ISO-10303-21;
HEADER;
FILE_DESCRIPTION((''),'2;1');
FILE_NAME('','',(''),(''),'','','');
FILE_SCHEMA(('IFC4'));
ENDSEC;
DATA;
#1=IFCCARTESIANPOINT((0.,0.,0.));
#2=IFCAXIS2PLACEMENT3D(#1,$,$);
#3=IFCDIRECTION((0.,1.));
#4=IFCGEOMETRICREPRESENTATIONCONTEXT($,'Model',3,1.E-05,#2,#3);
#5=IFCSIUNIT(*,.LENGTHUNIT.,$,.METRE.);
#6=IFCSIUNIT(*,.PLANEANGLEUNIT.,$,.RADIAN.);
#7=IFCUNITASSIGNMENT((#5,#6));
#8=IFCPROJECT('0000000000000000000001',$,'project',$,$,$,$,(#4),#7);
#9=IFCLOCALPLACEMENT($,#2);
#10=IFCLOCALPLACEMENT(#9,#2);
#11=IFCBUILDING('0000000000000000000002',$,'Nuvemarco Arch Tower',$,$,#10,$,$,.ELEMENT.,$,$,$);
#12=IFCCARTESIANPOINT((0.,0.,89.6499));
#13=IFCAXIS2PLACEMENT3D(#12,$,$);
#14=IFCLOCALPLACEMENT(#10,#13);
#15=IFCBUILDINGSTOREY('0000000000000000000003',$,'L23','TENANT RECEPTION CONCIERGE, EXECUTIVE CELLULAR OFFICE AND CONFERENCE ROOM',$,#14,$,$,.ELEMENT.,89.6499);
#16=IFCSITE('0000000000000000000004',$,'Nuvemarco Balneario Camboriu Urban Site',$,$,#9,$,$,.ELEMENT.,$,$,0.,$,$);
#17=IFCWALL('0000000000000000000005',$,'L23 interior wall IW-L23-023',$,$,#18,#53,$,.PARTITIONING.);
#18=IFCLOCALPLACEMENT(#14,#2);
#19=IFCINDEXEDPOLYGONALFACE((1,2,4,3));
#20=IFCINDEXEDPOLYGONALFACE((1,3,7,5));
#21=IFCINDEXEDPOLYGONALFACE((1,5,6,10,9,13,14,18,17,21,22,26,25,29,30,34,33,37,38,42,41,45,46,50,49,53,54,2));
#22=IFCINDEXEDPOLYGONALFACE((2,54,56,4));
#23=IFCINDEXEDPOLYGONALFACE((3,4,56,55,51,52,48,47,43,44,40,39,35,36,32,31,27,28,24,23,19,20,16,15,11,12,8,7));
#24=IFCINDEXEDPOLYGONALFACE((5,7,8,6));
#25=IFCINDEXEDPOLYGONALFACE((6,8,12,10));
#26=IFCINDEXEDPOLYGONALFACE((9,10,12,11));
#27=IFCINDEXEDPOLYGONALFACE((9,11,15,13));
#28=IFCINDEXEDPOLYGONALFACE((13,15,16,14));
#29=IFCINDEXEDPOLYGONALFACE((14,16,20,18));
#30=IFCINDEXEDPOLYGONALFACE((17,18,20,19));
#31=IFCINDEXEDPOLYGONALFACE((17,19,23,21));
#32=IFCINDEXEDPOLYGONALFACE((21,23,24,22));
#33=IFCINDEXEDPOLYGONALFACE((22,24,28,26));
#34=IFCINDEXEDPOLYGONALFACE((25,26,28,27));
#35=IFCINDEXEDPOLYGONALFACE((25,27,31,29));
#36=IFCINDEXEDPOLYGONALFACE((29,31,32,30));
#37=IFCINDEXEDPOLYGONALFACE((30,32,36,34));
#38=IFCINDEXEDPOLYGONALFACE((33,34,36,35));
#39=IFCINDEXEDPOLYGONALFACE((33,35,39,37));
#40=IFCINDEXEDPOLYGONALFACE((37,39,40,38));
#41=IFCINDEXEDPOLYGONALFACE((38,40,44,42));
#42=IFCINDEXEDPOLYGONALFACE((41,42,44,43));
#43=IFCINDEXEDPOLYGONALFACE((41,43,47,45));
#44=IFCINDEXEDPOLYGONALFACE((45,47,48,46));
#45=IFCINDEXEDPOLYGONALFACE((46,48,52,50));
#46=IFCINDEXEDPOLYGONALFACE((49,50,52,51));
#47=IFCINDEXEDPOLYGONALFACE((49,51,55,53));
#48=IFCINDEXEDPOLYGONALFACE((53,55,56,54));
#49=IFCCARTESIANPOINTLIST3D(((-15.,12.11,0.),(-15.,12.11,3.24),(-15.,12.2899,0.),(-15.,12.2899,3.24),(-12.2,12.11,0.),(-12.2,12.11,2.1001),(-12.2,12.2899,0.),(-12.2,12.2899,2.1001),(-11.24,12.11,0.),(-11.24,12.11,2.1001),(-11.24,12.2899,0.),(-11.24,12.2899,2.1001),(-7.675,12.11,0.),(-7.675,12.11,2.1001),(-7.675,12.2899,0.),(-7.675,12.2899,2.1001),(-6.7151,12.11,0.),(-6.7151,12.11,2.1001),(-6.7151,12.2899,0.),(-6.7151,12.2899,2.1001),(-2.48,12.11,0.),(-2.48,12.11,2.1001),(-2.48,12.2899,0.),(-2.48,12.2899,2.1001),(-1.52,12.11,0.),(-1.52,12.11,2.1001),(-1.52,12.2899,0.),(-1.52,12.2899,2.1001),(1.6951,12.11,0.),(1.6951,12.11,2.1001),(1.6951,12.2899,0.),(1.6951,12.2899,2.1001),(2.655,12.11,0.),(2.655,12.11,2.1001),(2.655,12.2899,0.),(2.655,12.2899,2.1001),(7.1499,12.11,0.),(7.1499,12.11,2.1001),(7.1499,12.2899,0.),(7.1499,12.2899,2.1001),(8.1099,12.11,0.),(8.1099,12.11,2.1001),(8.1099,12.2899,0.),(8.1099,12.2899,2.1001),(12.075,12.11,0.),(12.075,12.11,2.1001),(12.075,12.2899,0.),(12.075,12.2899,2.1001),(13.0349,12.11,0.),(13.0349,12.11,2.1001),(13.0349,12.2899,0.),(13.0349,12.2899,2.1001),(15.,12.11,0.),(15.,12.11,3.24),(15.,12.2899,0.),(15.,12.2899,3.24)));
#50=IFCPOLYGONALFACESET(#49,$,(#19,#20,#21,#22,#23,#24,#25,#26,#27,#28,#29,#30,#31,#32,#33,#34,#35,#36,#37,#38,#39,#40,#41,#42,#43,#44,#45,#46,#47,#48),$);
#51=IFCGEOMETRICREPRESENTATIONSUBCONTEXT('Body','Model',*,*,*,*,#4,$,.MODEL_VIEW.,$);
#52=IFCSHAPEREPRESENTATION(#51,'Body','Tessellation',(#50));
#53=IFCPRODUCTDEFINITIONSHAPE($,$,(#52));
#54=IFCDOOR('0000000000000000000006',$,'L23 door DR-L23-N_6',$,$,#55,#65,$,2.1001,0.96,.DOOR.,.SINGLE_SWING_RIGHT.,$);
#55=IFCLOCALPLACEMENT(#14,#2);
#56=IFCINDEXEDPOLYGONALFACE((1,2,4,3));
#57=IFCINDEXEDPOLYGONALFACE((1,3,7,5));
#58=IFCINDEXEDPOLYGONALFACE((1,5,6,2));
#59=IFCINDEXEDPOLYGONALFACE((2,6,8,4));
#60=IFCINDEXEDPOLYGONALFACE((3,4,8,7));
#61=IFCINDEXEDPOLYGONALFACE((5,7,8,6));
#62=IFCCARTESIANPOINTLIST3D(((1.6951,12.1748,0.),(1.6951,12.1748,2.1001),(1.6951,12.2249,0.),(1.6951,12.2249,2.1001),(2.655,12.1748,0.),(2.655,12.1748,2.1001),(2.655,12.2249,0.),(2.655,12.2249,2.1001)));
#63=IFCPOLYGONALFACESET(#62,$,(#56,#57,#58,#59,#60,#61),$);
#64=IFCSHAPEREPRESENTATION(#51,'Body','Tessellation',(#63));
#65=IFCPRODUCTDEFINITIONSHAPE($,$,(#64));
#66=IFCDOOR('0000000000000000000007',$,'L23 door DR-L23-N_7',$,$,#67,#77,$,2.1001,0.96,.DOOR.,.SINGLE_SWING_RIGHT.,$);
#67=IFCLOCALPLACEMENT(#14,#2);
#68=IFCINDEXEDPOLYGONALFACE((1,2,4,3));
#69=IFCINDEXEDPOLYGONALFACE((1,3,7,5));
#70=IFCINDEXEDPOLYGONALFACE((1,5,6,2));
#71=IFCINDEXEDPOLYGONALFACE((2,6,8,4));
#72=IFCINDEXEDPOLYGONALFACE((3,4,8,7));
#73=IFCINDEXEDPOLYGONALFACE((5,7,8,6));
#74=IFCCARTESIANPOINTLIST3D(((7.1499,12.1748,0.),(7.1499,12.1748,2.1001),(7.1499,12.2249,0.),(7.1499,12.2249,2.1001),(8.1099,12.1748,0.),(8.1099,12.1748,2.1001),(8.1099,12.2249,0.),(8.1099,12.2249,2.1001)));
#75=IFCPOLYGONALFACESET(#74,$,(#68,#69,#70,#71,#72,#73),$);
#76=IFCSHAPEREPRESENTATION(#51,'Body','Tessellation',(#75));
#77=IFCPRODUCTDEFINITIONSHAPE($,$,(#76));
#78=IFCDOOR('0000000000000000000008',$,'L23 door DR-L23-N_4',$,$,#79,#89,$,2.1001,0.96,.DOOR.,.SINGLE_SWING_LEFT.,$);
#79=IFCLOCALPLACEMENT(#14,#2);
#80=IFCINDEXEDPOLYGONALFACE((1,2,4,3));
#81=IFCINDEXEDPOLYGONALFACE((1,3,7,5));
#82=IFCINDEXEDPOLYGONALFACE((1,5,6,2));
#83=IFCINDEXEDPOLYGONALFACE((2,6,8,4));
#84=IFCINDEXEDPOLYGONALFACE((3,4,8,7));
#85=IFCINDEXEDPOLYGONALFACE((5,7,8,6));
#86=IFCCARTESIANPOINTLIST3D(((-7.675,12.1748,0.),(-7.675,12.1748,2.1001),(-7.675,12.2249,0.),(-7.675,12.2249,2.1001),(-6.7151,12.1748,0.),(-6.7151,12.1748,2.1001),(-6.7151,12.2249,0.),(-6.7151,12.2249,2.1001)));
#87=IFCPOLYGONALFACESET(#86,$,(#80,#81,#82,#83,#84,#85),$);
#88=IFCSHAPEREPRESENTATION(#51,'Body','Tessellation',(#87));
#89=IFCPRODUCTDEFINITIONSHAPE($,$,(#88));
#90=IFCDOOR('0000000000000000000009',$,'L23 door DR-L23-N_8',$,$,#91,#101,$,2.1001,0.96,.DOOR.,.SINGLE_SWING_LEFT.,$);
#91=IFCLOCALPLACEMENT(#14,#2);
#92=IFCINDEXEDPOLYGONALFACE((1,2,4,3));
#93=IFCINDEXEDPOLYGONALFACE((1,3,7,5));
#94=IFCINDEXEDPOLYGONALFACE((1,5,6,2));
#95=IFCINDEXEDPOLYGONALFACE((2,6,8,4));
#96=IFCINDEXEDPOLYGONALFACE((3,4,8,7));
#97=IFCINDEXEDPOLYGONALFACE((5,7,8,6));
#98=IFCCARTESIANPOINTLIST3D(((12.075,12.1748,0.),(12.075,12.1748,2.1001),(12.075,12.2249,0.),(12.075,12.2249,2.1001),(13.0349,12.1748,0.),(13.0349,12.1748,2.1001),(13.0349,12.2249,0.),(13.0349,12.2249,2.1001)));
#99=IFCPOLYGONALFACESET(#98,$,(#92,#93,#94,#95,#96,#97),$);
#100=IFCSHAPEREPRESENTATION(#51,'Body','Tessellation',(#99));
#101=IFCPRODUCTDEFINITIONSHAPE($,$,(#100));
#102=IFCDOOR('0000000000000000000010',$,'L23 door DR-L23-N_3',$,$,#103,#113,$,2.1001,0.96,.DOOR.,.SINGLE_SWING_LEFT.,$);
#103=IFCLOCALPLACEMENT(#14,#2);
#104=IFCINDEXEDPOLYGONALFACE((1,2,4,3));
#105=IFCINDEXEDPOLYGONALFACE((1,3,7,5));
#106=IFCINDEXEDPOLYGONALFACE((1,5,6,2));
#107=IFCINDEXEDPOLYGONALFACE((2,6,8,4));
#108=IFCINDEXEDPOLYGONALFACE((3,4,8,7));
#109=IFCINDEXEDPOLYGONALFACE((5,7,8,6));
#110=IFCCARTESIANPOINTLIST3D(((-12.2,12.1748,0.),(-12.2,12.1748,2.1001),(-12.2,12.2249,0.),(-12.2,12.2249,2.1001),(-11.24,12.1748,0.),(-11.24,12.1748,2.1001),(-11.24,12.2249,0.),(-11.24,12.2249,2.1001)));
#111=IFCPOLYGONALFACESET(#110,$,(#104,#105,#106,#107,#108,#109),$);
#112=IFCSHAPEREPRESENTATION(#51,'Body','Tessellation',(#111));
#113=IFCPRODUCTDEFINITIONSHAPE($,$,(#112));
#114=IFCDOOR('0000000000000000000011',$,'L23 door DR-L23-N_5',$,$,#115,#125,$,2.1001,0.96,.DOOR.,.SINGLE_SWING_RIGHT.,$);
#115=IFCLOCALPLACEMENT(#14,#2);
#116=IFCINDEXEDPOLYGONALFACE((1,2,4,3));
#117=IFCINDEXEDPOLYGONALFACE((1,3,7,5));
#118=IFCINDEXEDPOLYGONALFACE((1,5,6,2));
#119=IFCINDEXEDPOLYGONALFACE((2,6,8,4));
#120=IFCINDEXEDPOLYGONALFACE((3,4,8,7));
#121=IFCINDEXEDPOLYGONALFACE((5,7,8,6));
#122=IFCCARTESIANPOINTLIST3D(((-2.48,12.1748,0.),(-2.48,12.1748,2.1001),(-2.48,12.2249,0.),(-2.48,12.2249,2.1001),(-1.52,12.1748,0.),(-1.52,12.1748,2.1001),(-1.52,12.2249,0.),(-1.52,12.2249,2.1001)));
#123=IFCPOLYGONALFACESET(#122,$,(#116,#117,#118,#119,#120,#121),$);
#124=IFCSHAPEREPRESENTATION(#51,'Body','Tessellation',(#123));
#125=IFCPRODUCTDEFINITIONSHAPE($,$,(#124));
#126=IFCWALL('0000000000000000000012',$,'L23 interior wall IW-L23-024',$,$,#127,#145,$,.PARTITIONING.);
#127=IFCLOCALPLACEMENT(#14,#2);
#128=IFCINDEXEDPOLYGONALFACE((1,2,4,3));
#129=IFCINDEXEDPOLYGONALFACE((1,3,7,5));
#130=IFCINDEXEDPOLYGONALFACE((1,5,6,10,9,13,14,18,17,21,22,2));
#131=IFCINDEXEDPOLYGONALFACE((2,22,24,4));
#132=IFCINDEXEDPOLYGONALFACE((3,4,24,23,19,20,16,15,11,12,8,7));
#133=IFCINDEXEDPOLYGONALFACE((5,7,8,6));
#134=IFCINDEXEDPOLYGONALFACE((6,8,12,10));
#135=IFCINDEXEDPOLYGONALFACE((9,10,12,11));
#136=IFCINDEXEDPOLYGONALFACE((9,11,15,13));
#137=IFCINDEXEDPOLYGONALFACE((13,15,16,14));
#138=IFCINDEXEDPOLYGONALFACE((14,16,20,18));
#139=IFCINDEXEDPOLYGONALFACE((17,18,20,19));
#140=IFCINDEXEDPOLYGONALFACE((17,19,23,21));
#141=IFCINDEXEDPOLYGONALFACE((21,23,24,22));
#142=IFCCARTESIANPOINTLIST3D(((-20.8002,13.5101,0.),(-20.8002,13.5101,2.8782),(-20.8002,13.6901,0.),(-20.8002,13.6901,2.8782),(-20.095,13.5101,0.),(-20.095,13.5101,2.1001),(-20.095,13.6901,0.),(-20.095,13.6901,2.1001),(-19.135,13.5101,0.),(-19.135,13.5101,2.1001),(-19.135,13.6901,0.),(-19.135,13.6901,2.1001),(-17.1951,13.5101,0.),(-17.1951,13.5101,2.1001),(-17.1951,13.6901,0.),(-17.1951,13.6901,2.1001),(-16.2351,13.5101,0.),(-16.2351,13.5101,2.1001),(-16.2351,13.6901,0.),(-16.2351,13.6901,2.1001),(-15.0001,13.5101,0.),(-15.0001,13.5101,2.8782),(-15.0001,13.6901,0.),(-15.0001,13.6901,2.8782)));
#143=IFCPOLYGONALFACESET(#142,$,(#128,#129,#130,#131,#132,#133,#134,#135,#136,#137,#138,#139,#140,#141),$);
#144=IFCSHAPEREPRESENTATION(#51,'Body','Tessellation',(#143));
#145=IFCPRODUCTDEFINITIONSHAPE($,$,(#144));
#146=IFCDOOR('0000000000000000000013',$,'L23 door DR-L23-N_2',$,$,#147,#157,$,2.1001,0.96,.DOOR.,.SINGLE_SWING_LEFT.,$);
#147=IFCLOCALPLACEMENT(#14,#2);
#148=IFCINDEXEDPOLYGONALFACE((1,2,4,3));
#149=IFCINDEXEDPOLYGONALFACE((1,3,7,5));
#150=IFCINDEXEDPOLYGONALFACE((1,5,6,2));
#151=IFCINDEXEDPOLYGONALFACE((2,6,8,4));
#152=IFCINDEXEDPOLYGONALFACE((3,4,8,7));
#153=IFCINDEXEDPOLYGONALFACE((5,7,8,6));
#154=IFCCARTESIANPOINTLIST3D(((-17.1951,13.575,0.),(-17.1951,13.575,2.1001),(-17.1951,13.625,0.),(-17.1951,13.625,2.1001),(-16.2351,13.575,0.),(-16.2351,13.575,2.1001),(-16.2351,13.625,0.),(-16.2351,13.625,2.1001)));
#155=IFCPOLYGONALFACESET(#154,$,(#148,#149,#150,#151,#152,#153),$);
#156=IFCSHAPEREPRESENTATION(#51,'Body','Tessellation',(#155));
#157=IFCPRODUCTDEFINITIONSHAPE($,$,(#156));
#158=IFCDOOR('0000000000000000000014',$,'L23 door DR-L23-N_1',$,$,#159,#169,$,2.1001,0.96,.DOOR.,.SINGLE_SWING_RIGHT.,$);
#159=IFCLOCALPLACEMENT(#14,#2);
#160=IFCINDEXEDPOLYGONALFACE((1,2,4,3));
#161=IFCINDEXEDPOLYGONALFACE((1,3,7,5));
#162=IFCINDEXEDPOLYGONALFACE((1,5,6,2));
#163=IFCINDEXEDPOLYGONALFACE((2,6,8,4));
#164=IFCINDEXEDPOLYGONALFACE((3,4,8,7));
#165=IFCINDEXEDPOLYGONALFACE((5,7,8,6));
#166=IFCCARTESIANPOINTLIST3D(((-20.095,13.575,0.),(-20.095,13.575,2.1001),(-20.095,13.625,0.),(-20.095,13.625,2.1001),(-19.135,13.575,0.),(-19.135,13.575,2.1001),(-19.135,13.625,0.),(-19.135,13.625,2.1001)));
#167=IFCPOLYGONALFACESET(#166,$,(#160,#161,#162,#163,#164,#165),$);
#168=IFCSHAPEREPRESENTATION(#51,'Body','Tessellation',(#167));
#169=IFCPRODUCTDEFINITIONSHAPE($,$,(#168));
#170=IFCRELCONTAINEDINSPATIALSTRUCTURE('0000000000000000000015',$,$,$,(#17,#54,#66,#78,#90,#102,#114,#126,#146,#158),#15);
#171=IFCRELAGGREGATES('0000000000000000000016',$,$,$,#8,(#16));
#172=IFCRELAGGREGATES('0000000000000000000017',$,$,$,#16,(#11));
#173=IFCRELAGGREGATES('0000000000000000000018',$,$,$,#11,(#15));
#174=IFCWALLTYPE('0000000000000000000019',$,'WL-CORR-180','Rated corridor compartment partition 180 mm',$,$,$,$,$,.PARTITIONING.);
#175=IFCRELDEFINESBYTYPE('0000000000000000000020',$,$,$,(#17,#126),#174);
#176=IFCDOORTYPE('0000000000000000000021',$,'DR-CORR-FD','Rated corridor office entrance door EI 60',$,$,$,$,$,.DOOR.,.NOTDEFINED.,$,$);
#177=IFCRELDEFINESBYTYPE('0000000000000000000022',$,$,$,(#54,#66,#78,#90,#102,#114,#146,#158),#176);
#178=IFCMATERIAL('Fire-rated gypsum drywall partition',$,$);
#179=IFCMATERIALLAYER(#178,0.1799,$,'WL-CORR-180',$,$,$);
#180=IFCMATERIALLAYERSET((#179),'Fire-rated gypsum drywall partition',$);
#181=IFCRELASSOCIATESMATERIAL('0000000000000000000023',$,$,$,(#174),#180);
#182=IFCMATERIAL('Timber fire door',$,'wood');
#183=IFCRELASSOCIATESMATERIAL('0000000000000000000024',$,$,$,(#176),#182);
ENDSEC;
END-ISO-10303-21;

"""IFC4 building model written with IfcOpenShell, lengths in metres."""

from ifc_helpers import new_model, si_unit, direction, frame, frame_2d, origin, place, context, subcontext, project, spatial, rectangle, extrude, source, transform, mapped, material, layer, layer_set, type_object, type_shapes, element, fill, save


model = new_model("IFC4")

# Units and contexts
model_context = context("Model", 3, precision=1e-05, world=origin(), true_north=direction((0.0, 1.0)))
body_context = subcontext(model_context, "Body", "Model", "MODEL_VIEW")
ifc_project = project(units=[si_unit("LENGTHUNIT", "METRE"), si_unit("PLANEANGLEUNIT", "RADIAN")], contexts=[model_context])

# Site, building, storey
site_placement = place(None, origin())
site = spatial("IfcSite", under=ifc_project, at=site_placement, Name="Nuvemarco Balneario Camboriu Urban Site", CompositionType="ELEMENT", RefElevation=0.0)
building_placement = place(site_placement, origin())
building = spatial("IfcBuilding", under=site, at=building_placement, Name="Nuvemarco Arch Tower", CompositionType="ELEMENT")
storey_placement = place(building_placement, frame((0.0, 0.0, 89.6499)))
storey = spatial("IfcBuildingStorey", under=building, at=storey_placement, Name="L23", Description="TENANT RECEPTION CONCIERGE, EXECUTIVE CELLULAR OFFICE AND CONFERENCE ROOM", CompositionType="ELEMENT", Elevation=89.6499)

# Shared definitions
ifc_material_1 = material(Name="Fire-rated gypsum drywall partition")
ifc_layer_1 = layer(ifc_material_1, 0.1799, Name="WL-CORR-180")
ifc_layer_set_1 = layer_set([ifc_layer_1], Name="Fire-rated gypsum drywall partition")
wall_type_1 = type_object("IfcWallType", Name="WL-CORR-180", Description="Rated corridor compartment partition 180 mm", PredefinedType="PARTITIONING", material=ifc_layer_set_1)
ifc_material_2 = material(Name="Timber fire door", Category="wood")
door_type = type_object("IfcDoorType", Name="DR-CORR-FD", Description="Rated corridor office entrance door EI 60", OperationType="NOTDEFINED", PredefinedType="DOOR", material=ifc_material_2)
shared_shape_1 = source(origin(), body_context, "Body", "SweptSolid", [
    extrude(rectangle(XDim=0.96, YDim=2.1001, at=frame_2d((0.48, 1.05))), frame((0.0, 0.0249, 0.0), z_axis=(0.0, -1.0, 0.0), x_axis=(1.0, 0.0, 0.0)), (0.0, 0.0, 1.0), 0.05),
])
type_shapes(door_type, [shared_shape_1])

# Walls, openings, doors
wall_1_placement = place(storey_placement, frame((-15.0, 12.2, 0.0), z_axis=(0.0, 0.0, 1.0), x_axis=(1.0, 0.0, 0.0)))
wall_1 = element("IfcWall", 1, at=wall_1_placement, inside=storey, type_object=wall_type_1, Name="L23 interior wall IW-L23-023", PredefinedType="PARTITIONING", context=body_context, shape_type="SweptSolid", body=[
    extrude(rectangle(XDim=30.0, YDim=0.1799, at=frame_2d((15.0, 0.0))), origin(), (0.0, 0.0, 1.0), 3.24),
])
opening_1_placement = place(wall_1_placement, frame((16.6951, 0.0, 0.0)))
opening_1 = element("IfcOpeningElement", 2, at=opening_1_placement, cuts=wall_1, PredefinedType="OPENING", context=body_context, shape_type="SweptSolid", body=[
    extrude(rectangle(XDim=0.96, YDim=2.1001, at=frame_2d((0.48, 1.05))), frame((0.0, 0.0999, 0.0), z_axis=(0.0, -1.0, 0.0), x_axis=(1.0, 0.0, 0.0)), (0.0, 0.0, 1.0), 0.2),
])
opening_2_placement = place(wall_1_placement, frame((22.1499, 0.0, 0.0)))
opening_2 = element("IfcOpeningElement", 3, at=opening_2_placement, cuts=wall_1, PredefinedType="OPENING", context=body_context, shape_type="SweptSolid", body=[
    extrude(rectangle(XDim=0.96, YDim=2.1001, at=frame_2d((0.48, 1.05))), frame((0.0, 0.0999, 0.0), z_axis=(0.0, -1.0, 0.0), x_axis=(1.0, 0.0, 0.0)), (0.0, 0.0, 1.0), 0.2),
])
opening_3_placement = place(wall_1_placement, frame((7.325, 0.0, 0.0)))
opening_3 = element("IfcOpeningElement", 4, at=opening_3_placement, cuts=wall_1, PredefinedType="OPENING", context=body_context, shape_type="SweptSolid", body=[
    extrude(rectangle(XDim=0.96, YDim=2.1001, at=frame_2d((0.48, 1.05))), frame((0.0, 0.0999, 0.0), z_axis=(0.0, -1.0, 0.0), x_axis=(1.0, 0.0, 0.0)), (0.0, 0.0, 1.0), 0.2),
])
opening_4_placement = place(wall_1_placement, frame((27.075, 0.0, 0.0)))
opening_4 = element("IfcOpeningElement", 5, at=opening_4_placement, cuts=wall_1, PredefinedType="OPENING", context=body_context, shape_type="SweptSolid", body=[
    extrude(rectangle(XDim=0.96, YDim=2.1001, at=frame_2d((0.48, 1.05))), frame((0.0, 0.0999, 0.0), z_axis=(0.0, -1.0, 0.0), x_axis=(1.0, 0.0, 0.0)), (0.0, 0.0, 1.0), 0.2),
])
opening_5_placement = place(wall_1_placement, frame((2.8, 0.0, 0.0)))
opening_5 = element("IfcOpeningElement", 6, at=opening_5_placement, cuts=wall_1, PredefinedType="OPENING", context=body_context, shape_type="SweptSolid", body=[
    extrude(rectangle(XDim=0.96, YDim=2.1001, at=frame_2d((0.48, 1.05))), frame((0.0, 0.0999, 0.0), z_axis=(0.0, -1.0, 0.0), x_axis=(1.0, 0.0, 0.0)), (0.0, 0.0, 1.0), 0.2),
])
opening_6_placement = place(wall_1_placement, frame((12.52, 0.0, 0.0)))
opening_6 = element("IfcOpeningElement", 7, at=opening_6_placement, cuts=wall_1, PredefinedType="OPENING", context=body_context, shape_type="SweptSolid", body=[
    extrude(rectangle(XDim=0.96, YDim=2.1001, at=frame_2d((0.48, 1.05))), frame((0.0, 0.0999, 0.0), z_axis=(0.0, -1.0, 0.0), x_axis=(1.0, 0.0, 0.0)), (0.0, 0.0, 1.0), 0.2),
])
door_1_placement = place(opening_1_placement, origin())
door_1 = element("IfcDoor", 8, at=door_1_placement, inside=storey, type_object=door_type, Name="L23 door DR-L23-N_6", OperationType="SINGLE_SWING_RIGHT", OverallHeight=2.1001, OverallWidth=0.96, PredefinedType="DOOR", context=body_context, shape_type="MappedRepresentation", body=[
    mapped(shared_shape_1, transform((0.0, 0.0, 0.0), scale=1.0)),
])
fill(opening_1, door_1)
door_2_placement = place(opening_2_placement, origin())
door_2 = element("IfcDoor", 9, at=door_2_placement, inside=storey, type_object=door_type, Name="L23 door DR-L23-N_7", OperationType="SINGLE_SWING_RIGHT", OverallHeight=2.1001, OverallWidth=0.96, PredefinedType="DOOR", context=body_context, shape_type="MappedRepresentation", body=[
    mapped(shared_shape_1, transform((0.0, 0.0, 0.0), scale=1.0)),
])
fill(opening_2, door_2)
door_3_placement = place(opening_3_placement, origin())
door_3 = element("IfcDoor", 10, at=door_3_placement, inside=storey, type_object=door_type, Name="L23 door DR-L23-N_4", OperationType="SINGLE_SWING_LEFT", OverallHeight=2.1001, OverallWidth=0.96, PredefinedType="DOOR", context=body_context, shape_type="MappedRepresentation", body=[
    mapped(shared_shape_1, transform((0.0, 0.0, 0.0), scale=1.0)),
])
fill(opening_3, door_3)
door_4_placement = place(opening_4_placement, origin())
door_4 = element("IfcDoor", 11, at=door_4_placement, inside=storey, type_object=door_type, Name="L23 door DR-L23-N_8", OperationType="SINGLE_SWING_LEFT", OverallHeight=2.1001, OverallWidth=0.96, PredefinedType="DOOR", context=body_context, shape_type="MappedRepresentation", body=[
    mapped(shared_shape_1, transform((0.0, 0.0, 0.0), scale=1.0)),
])
fill(opening_4, door_4)
door_5_placement = place(opening_5_placement, origin())
door_5 = element("IfcDoor", 12, at=door_5_placement, inside=storey, type_object=door_type, Name="L23 door DR-L23-N_3", OperationType="SINGLE_SWING_LEFT", OverallHeight=2.1001, OverallWidth=0.96, PredefinedType="DOOR", context=body_context, shape_type="MappedRepresentation", body=[
    mapped(shared_shape_1, transform((0.0, 0.0, 0.0), scale=1.0)),
])
fill(opening_5, door_5)
door_6_placement = place(opening_6_placement, origin())
door_6 = element("IfcDoor", 13, at=door_6_placement, inside=storey, type_object=door_type, Name="L23 door DR-L23-N_5", OperationType="SINGLE_SWING_RIGHT", OverallHeight=2.1001, OverallWidth=0.96, PredefinedType="DOOR", context=body_context, shape_type="MappedRepresentation", body=[
    mapped(shared_shape_1, transform((0.0, 0.0, 0.0), scale=1.0)),
])
fill(opening_6, door_6)
wall_2_placement = place(storey_placement, frame((-20.8, 13.6001, 0.0), z_axis=(0.0, 0.0, 1.0), x_axis=(1.0, 0.0, 0.0)))
wall_2 = element("IfcWall", 14, at=wall_2_placement, inside=storey, type_object=wall_type_1, Name="L23 interior wall IW-L23-024", PredefinedType="PARTITIONING", context=body_context, shape_type="SweptSolid", body=[
    extrude(rectangle(XDim=5.8, YDim=0.1799, at=frame_2d((2.8999, 0.0))), origin(), (0.0, 0.0, 1.0), 2.8782),
])
opening_7_placement = place(wall_2_placement, frame((3.605, 0.0, 0.0)))
opening_7 = element("IfcOpeningElement", 15, at=opening_7_placement, cuts=wall_2, PredefinedType="OPENING", context=body_context, shape_type="SweptSolid", body=[
    extrude(rectangle(XDim=0.96, YDim=2.1001, at=frame_2d((0.48, 1.05))), frame((0.0, 0.0999, 0.0), z_axis=(0.0, -1.0, 0.0), x_axis=(1.0, 0.0, 0.0)), (0.0, 0.0, 1.0), 0.2),
])
opening_8_placement = place(wall_2_placement, frame((0.7051, 0.0, 0.0)))
opening_8 = element("IfcOpeningElement", 16, at=opening_8_placement, cuts=wall_2, PredefinedType="OPENING", context=body_context, shape_type="SweptSolid", body=[
    extrude(rectangle(XDim=0.96, YDim=2.1001, at=frame_2d((0.48, 1.05))), frame((0.0, 0.0999, 0.0), z_axis=(0.0, -1.0, 0.0), x_axis=(1.0, 0.0, 0.0)), (0.0, 0.0, 1.0), 0.2),
])
door_7_placement = place(opening_7_placement, origin())
door_7 = element("IfcDoor", 17, at=door_7_placement, inside=storey, type_object=door_type, Name="L23 door DR-L23-N_2", OperationType="SINGLE_SWING_LEFT", OverallHeight=2.1001, OverallWidth=0.96, PredefinedType="DOOR", context=body_context, shape_type="MappedRepresentation", body=[
    mapped(shared_shape_1, transform((0.0, 0.0, 0.0), scale=1.0)),
])
fill(opening_7, door_7)
door_8_placement = place(opening_8_placement, origin())
door_8 = element("IfcDoor", 18, at=door_8_placement, inside=storey, type_object=door_type, Name="L23 door DR-L23-N_1", OperationType="SINGLE_SWING_RIGHT", OverallHeight=2.1001, OverallWidth=0.96, PredefinedType="DOOR", context=body_context, shape_type="MappedRepresentation", body=[
    mapped(shared_shape_1, transform((0.0, 0.0, 0.0), scale=1.0)),
])
fill(opening_8, door_8)

save(model, "model.ifc")
